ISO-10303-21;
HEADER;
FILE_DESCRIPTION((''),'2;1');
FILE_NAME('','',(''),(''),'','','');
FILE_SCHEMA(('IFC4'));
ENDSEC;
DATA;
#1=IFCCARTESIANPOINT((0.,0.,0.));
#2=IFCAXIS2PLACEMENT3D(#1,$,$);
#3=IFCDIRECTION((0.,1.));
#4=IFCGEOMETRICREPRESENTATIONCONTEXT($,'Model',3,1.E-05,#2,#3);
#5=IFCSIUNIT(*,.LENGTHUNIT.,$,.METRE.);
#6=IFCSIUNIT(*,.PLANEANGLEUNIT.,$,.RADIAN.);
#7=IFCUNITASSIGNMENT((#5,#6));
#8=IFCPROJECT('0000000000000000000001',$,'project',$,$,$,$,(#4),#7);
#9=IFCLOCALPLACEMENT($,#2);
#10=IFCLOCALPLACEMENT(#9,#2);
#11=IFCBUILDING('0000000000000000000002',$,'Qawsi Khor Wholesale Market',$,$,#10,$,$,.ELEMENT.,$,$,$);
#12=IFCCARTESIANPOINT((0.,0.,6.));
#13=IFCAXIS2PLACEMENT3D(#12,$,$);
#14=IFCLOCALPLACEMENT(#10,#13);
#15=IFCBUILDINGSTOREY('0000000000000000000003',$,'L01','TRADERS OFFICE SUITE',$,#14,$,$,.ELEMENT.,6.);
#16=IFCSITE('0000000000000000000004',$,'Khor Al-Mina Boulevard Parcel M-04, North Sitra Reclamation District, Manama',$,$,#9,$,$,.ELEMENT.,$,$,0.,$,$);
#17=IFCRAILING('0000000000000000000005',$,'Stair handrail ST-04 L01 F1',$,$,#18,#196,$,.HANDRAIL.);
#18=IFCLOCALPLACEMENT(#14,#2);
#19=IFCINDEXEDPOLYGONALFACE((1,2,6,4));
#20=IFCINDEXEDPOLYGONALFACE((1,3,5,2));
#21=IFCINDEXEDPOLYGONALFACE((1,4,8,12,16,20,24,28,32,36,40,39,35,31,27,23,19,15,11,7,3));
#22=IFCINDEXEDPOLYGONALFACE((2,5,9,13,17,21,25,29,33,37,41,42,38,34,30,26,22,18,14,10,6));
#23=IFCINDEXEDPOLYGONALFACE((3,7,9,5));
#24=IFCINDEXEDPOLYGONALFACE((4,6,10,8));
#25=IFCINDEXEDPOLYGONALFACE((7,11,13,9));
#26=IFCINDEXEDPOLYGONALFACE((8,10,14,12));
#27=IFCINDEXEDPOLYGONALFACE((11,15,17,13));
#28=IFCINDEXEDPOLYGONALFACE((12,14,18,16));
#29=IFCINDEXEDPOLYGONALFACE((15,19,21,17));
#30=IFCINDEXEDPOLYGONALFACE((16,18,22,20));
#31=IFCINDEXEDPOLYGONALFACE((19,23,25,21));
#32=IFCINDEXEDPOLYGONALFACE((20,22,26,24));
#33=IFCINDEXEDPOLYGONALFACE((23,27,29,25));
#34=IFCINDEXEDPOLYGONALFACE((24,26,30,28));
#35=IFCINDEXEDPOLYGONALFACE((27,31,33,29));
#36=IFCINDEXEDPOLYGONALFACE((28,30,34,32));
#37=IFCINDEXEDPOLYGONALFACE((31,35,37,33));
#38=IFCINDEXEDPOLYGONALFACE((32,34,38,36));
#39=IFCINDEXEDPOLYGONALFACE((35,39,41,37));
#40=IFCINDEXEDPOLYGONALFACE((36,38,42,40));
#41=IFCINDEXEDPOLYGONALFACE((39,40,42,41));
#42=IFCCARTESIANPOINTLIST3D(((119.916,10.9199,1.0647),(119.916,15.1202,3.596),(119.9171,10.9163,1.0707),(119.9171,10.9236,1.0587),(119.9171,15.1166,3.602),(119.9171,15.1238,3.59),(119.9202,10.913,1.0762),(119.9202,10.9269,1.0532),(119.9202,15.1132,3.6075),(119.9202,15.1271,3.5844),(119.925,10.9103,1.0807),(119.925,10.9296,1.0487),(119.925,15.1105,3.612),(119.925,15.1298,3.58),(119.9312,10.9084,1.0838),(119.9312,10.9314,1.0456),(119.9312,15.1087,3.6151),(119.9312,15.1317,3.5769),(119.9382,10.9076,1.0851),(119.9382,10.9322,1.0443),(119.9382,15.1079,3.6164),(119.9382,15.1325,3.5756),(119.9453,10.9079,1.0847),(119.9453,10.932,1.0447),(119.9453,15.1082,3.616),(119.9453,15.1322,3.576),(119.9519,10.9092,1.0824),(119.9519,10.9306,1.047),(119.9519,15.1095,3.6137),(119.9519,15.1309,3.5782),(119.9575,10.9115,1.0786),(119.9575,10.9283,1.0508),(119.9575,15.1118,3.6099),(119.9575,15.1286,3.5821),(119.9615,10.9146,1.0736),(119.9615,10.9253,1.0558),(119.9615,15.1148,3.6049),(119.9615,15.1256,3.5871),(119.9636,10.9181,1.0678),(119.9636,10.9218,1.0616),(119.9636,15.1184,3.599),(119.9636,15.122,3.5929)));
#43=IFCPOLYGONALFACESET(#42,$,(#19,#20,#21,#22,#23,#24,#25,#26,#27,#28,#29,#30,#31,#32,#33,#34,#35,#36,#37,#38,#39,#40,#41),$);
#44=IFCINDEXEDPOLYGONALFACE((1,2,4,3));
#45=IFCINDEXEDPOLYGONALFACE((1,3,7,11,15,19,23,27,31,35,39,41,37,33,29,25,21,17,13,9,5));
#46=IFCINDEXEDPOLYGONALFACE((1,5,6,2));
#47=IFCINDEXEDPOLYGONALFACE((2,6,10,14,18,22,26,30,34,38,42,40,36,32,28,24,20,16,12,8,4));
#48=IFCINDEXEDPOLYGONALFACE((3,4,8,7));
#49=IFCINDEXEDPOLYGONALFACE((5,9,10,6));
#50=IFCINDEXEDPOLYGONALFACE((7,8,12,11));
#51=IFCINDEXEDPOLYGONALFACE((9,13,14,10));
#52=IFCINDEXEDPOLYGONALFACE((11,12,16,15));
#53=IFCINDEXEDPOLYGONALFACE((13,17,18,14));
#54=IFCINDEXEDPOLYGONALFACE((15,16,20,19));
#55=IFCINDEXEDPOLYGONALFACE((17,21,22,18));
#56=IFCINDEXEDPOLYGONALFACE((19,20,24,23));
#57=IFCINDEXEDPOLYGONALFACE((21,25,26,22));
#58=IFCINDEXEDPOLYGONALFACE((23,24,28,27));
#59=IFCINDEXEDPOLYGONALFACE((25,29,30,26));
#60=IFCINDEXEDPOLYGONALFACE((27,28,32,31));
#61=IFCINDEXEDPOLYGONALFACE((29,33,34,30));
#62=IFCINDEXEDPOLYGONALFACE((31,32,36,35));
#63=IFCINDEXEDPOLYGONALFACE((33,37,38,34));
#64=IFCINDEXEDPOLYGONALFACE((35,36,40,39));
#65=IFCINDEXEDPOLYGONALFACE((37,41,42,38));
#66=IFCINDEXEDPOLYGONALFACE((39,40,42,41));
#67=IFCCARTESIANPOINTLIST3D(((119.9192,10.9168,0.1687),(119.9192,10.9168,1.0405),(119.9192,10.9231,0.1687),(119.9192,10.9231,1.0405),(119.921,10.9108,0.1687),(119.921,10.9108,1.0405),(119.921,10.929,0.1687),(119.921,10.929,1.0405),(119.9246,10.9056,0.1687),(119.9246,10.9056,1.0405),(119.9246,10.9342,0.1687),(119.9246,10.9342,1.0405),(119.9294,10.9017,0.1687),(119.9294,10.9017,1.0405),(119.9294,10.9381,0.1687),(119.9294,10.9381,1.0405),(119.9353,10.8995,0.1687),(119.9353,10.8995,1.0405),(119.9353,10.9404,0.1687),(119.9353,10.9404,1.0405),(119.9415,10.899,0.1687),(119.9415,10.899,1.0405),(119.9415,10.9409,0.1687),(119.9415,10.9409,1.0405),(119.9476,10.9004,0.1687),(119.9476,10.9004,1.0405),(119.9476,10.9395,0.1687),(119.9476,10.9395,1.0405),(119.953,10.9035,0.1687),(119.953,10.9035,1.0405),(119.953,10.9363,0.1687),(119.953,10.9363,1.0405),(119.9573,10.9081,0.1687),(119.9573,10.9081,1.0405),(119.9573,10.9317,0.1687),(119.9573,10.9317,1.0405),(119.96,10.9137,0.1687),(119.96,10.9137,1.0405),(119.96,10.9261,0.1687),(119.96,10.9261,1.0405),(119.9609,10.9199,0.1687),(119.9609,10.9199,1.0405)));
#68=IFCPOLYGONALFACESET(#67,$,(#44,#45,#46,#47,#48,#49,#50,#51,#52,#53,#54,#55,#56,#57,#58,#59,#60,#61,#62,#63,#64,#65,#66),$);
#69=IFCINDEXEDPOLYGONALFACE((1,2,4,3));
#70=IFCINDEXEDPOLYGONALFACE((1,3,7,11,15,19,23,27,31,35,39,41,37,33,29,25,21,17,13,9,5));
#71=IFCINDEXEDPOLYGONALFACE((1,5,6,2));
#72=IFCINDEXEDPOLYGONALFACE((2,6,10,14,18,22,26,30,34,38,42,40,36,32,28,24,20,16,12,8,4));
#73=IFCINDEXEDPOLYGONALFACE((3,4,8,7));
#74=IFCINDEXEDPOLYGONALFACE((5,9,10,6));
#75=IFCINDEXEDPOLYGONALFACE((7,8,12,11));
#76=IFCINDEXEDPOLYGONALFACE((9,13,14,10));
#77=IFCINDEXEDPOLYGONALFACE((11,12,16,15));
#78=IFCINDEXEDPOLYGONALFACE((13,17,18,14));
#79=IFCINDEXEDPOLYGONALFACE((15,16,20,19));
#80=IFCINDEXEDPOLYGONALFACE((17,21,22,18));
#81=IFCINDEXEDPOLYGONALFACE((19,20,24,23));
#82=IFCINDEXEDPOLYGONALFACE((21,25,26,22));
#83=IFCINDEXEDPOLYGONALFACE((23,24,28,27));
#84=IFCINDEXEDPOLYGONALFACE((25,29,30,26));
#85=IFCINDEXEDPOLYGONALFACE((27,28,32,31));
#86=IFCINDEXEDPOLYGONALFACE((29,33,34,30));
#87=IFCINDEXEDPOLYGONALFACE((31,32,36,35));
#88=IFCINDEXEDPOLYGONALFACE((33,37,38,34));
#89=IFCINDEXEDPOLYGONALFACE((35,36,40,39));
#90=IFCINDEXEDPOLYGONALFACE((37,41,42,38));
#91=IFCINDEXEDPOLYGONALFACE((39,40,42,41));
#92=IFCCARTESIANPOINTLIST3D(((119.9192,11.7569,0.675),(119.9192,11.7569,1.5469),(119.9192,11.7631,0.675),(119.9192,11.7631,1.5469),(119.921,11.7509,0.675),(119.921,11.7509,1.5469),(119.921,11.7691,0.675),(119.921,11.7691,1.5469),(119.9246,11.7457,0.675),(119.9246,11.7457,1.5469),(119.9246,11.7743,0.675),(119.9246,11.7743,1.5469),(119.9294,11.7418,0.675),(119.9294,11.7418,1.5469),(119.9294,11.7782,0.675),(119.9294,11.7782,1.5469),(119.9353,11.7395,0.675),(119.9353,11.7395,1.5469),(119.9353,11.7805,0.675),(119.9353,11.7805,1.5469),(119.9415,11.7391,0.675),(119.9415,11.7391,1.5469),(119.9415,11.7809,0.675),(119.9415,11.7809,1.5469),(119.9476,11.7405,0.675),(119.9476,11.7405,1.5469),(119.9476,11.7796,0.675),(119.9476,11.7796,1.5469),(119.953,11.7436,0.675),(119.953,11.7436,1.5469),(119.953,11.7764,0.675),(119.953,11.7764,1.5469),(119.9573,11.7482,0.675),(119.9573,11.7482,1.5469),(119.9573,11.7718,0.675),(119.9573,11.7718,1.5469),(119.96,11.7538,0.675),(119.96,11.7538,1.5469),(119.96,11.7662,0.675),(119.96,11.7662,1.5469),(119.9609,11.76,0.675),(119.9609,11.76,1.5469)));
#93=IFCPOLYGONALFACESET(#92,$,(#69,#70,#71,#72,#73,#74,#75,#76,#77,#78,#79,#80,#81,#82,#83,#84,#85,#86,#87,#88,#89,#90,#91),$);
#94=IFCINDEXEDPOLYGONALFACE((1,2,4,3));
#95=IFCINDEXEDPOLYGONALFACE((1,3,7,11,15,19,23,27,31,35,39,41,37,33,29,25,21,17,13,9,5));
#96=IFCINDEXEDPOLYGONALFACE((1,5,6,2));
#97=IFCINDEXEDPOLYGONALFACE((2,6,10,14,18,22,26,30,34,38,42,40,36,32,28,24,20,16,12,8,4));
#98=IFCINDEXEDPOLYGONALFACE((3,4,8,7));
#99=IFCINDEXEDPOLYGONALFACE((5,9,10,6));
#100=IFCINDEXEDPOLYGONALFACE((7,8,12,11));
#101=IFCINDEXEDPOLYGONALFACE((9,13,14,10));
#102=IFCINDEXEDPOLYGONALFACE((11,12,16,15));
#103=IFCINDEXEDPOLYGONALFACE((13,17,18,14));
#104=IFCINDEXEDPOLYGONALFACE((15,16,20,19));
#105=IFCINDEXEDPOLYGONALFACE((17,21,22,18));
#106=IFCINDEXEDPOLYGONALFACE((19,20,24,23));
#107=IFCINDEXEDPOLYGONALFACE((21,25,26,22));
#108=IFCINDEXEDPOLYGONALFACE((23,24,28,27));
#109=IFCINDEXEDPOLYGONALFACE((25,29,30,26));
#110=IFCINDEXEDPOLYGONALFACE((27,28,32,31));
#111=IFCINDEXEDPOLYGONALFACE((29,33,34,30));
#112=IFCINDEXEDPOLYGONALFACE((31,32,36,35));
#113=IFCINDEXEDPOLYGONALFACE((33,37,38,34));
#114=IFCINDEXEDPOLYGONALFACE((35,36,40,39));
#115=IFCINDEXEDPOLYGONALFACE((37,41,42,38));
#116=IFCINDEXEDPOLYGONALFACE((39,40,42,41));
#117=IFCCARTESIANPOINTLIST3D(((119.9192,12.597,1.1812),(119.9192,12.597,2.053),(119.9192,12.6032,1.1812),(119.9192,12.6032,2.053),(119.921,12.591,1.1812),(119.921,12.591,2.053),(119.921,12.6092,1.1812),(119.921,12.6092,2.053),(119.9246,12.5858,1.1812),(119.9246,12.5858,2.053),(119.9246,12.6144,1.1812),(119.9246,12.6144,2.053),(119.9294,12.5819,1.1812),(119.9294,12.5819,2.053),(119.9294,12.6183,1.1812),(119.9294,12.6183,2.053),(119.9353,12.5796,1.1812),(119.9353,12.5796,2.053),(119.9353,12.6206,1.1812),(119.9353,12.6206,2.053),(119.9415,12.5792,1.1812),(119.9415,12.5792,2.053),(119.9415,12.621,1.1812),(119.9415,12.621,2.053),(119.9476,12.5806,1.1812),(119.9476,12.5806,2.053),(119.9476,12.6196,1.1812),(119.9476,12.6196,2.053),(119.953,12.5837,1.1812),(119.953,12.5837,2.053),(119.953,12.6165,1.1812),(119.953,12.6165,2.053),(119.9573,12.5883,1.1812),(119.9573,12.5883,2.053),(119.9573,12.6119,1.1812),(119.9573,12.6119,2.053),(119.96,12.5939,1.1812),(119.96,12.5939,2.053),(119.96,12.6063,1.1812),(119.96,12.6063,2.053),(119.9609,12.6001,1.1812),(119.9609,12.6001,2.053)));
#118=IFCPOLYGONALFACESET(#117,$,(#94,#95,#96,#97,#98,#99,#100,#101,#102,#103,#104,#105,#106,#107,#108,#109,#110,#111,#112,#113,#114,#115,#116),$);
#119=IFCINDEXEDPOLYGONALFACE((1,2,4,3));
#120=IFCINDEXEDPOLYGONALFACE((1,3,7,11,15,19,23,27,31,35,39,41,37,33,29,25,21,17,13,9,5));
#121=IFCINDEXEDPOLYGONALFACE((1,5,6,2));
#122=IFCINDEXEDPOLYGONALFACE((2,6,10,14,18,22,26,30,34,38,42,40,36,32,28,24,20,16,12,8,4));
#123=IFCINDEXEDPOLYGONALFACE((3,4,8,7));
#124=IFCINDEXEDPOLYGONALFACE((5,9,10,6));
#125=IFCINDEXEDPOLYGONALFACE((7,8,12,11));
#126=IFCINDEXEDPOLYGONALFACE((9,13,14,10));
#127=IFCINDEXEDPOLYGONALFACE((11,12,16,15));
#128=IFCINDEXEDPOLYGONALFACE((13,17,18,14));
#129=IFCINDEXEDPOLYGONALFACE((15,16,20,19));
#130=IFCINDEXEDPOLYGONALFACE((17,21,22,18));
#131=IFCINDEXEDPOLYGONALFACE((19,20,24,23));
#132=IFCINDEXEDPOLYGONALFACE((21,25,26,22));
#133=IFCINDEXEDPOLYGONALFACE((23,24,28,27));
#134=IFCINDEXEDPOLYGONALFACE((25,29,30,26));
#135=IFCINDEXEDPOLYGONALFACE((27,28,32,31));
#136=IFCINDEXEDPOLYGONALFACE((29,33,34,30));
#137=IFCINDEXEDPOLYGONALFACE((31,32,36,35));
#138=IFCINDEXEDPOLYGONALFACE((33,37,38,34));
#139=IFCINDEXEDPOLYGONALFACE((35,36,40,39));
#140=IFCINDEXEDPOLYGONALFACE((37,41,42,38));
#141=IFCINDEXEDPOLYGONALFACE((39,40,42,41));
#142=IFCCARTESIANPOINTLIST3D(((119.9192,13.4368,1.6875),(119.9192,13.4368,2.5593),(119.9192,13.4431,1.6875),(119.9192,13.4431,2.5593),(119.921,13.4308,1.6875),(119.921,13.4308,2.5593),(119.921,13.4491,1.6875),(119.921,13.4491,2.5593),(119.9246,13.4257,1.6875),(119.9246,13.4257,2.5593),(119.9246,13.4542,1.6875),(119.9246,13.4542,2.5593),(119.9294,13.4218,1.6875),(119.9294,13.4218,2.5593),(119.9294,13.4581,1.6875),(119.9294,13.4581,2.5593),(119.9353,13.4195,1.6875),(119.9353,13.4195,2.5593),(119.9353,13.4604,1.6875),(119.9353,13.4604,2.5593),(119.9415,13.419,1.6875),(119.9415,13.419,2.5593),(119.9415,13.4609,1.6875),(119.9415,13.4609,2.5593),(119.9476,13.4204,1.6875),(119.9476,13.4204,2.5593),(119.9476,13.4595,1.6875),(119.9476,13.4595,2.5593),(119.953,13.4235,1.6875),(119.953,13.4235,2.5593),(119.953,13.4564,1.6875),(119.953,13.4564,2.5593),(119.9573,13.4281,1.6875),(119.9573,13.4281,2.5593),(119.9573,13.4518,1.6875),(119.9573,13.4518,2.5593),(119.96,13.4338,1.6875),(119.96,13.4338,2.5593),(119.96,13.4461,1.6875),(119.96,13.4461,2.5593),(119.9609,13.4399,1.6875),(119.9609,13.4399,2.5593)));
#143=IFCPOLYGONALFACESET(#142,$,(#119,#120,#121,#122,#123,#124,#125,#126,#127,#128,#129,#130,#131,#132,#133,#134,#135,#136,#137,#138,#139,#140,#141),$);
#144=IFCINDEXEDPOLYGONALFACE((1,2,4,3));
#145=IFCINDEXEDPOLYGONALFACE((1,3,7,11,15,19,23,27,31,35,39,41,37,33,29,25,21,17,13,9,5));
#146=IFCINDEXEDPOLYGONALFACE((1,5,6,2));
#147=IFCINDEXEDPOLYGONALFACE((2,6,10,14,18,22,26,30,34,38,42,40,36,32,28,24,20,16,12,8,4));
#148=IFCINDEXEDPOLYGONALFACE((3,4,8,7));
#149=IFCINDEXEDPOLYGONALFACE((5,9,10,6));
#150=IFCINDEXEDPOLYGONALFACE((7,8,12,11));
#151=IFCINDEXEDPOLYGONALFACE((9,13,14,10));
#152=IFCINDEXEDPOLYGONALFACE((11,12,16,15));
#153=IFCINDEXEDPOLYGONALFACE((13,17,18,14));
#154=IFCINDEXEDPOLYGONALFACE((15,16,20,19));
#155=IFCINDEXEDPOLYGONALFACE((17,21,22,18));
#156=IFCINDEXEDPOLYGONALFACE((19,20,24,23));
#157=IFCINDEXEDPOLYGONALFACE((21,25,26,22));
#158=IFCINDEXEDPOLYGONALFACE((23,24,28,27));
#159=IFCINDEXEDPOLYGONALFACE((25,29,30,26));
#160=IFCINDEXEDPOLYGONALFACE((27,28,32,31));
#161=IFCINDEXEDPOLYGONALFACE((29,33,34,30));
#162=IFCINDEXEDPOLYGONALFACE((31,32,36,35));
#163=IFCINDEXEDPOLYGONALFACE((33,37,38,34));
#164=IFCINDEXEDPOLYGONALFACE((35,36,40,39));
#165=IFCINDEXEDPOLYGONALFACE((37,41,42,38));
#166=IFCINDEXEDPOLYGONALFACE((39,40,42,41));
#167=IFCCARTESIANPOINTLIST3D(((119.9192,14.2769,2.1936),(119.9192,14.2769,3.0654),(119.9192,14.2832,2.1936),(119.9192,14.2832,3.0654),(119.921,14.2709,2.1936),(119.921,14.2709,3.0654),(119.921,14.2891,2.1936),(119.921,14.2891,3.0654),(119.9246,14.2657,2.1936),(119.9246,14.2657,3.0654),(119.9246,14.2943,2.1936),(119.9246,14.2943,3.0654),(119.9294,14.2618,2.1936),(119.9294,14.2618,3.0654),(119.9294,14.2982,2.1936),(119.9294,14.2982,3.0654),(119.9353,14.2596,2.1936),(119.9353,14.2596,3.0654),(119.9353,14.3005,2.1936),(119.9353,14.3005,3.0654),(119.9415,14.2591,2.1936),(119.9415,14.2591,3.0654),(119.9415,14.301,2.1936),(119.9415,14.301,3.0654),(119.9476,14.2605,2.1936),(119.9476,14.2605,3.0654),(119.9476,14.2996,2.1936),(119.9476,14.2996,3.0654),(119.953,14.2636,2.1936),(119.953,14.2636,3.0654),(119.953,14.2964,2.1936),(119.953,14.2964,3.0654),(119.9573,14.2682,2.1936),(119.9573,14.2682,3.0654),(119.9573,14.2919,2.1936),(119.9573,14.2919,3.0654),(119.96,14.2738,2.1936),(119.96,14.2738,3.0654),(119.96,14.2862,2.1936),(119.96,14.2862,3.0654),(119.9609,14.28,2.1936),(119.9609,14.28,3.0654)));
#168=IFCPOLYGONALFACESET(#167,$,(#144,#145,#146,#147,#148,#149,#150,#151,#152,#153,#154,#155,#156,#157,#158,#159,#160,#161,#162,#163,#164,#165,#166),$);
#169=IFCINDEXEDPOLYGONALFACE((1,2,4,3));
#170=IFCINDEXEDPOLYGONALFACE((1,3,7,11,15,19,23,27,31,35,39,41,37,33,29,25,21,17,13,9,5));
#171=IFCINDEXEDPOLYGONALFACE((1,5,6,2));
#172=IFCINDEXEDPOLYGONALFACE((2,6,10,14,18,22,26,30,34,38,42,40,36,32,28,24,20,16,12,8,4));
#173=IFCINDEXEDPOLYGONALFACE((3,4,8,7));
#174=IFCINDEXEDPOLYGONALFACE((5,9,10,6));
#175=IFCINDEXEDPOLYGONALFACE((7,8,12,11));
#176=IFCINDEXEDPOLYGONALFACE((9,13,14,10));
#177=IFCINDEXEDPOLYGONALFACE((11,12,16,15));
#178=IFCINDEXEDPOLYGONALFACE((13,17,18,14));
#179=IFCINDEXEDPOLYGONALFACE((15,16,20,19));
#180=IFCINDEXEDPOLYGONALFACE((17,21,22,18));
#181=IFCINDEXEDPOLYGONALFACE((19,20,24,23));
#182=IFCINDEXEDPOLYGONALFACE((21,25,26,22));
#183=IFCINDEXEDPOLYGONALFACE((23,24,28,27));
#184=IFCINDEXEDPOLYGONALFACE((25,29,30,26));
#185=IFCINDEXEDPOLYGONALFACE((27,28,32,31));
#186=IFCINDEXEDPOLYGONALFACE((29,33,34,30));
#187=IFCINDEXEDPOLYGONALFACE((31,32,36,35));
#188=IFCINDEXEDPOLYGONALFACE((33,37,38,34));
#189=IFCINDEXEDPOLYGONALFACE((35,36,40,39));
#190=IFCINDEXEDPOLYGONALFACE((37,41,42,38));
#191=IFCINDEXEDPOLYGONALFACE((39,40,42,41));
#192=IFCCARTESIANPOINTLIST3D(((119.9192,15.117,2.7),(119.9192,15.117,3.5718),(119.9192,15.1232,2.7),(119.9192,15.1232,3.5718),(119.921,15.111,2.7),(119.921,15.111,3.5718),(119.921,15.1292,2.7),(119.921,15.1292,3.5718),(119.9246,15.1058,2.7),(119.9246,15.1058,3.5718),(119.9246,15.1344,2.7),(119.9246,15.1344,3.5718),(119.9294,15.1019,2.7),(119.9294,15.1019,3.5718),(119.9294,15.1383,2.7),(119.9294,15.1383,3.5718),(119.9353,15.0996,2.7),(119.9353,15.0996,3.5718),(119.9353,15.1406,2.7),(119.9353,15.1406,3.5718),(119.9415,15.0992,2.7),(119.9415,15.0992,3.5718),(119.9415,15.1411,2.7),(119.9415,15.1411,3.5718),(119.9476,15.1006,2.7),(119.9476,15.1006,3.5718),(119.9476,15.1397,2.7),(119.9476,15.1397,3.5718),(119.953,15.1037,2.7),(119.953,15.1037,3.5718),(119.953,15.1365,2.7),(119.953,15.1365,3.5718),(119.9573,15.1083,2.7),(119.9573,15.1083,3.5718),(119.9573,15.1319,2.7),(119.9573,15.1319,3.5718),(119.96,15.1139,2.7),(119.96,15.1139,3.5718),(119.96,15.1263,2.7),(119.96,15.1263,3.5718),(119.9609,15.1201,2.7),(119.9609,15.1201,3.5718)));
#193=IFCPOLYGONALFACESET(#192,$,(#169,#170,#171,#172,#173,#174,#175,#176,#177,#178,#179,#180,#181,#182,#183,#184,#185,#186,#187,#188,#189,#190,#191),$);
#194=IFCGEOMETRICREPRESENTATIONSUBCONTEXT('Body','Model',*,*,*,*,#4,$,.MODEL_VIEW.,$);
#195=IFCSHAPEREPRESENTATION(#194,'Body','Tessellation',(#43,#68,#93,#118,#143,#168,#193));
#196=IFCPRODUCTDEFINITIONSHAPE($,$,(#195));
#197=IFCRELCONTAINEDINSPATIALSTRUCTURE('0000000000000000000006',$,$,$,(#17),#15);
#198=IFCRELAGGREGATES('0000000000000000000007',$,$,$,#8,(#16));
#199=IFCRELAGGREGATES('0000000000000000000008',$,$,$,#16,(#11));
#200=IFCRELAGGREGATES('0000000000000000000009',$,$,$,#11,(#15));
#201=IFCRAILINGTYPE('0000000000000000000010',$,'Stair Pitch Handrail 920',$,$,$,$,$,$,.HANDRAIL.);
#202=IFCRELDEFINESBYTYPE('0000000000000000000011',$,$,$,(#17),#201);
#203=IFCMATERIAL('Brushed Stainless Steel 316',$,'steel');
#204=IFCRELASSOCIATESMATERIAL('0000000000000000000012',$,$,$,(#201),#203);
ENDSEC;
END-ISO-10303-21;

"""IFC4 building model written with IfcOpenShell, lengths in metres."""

from ifc_helpers import new_model, si_unit, direction, frame, origin, origin_2d, place, context, subcontext, project, spatial, circle, extrude, material, type_object, element, save


model = new_model("IFC4")

# Units and contexts
model_context = context("Model", 3, precision=1e-05, world=origin(), true_north=direction((0.0, 1.0)))
body_context = subcontext(model_context, "Body", "Model", "MODEL_VIEW")
ifc_project = project(units=[si_unit("LENGTHUNIT", "METRE"), si_unit("PLANEANGLEUNIT", "RADIAN")], contexts=[model_context])

# Site, building, storey
site_placement = place(None, origin())
site = spatial("IfcSite", under=ifc_project, at=site_placement, Name="Khor Al-Mina Boulevard Parcel M-04, North Sitra Reclamation District, Manama", CompositionType="ELEMENT", RefElevation=0.0)
building_placement = place(site_placement, origin())
building = spatial("IfcBuilding", under=site, at=building_placement, Name="Qawsi Khor Wholesale Market", CompositionType="ELEMENT")
storey_placement = place(building_placement, frame((0.0, 0.0, 6.0)))
storey = spatial("IfcBuildingStorey", under=building, at=storey_placement, Name="L01", Description="TRADERS OFFICE SUITE", CompositionType="ELEMENT", Elevation=6.0)

# Railing
ifc_material_1 = material(Name="Brushed Stainless Steel 316", Category="steel")
railing_type_1 = type_object("IfcRailingType", Name="Stair Pitch Handrail 920", PredefinedType="HANDRAIL", material=ifc_material_1)
railing_1_placement = place(storey_placement, frame((119.9399, 10.9199, 0.1687)))
element("IfcRailing", 1, at=railing_1_placement, inside=storey, type_object=railing_type_1, Name="Stair handrail ST-04 L01 F1", PredefinedType="HANDRAIL", context=body_context, shape_type="SweptSolid", body=[
    extrude(circle(Radius=0.0239, at=origin_2d()), frame((0.0, 0.0, 0.896), z_axis=(0.0, 0.85649, 0.516164), x_axis=(-1.0, 0.0, 0.0)), (0.0, 0.0, 1.0), 4.9041),
    extrude(circle(Radius=0.021, at=origin_2d()), origin(), (0.0, 0.0, 1.0), 0.8718),
    extrude(circle(Radius=0.021, at=origin_2d()), frame((0.0, 0.8401, 0.5063)), (0.0, 0.0, 1.0), 0.8718),
    extrude(circle(Radius=0.021, at=origin_2d()), frame((0.0, 1.6802, 1.0125)), (0.0, 0.0, 1.0), 0.8718),
    extrude(circle(Radius=0.021, at=origin_2d()), frame((0.0, 2.52, 1.5188)), (0.0, 0.0, 1.0), 0.8718),
    extrude(circle(Radius=0.021, at=origin_2d()), frame((0.0, 3.3601, 2.0249)), (0.0, 0.0, 1.0), 0.8718),
    extrude(circle(Radius=0.021, at=origin_2d()), frame((0.0, 4.2002, 2.5312)), (0.0, 0.0, 1.0), 0.8718),
])

save(model, "model.ifc")
